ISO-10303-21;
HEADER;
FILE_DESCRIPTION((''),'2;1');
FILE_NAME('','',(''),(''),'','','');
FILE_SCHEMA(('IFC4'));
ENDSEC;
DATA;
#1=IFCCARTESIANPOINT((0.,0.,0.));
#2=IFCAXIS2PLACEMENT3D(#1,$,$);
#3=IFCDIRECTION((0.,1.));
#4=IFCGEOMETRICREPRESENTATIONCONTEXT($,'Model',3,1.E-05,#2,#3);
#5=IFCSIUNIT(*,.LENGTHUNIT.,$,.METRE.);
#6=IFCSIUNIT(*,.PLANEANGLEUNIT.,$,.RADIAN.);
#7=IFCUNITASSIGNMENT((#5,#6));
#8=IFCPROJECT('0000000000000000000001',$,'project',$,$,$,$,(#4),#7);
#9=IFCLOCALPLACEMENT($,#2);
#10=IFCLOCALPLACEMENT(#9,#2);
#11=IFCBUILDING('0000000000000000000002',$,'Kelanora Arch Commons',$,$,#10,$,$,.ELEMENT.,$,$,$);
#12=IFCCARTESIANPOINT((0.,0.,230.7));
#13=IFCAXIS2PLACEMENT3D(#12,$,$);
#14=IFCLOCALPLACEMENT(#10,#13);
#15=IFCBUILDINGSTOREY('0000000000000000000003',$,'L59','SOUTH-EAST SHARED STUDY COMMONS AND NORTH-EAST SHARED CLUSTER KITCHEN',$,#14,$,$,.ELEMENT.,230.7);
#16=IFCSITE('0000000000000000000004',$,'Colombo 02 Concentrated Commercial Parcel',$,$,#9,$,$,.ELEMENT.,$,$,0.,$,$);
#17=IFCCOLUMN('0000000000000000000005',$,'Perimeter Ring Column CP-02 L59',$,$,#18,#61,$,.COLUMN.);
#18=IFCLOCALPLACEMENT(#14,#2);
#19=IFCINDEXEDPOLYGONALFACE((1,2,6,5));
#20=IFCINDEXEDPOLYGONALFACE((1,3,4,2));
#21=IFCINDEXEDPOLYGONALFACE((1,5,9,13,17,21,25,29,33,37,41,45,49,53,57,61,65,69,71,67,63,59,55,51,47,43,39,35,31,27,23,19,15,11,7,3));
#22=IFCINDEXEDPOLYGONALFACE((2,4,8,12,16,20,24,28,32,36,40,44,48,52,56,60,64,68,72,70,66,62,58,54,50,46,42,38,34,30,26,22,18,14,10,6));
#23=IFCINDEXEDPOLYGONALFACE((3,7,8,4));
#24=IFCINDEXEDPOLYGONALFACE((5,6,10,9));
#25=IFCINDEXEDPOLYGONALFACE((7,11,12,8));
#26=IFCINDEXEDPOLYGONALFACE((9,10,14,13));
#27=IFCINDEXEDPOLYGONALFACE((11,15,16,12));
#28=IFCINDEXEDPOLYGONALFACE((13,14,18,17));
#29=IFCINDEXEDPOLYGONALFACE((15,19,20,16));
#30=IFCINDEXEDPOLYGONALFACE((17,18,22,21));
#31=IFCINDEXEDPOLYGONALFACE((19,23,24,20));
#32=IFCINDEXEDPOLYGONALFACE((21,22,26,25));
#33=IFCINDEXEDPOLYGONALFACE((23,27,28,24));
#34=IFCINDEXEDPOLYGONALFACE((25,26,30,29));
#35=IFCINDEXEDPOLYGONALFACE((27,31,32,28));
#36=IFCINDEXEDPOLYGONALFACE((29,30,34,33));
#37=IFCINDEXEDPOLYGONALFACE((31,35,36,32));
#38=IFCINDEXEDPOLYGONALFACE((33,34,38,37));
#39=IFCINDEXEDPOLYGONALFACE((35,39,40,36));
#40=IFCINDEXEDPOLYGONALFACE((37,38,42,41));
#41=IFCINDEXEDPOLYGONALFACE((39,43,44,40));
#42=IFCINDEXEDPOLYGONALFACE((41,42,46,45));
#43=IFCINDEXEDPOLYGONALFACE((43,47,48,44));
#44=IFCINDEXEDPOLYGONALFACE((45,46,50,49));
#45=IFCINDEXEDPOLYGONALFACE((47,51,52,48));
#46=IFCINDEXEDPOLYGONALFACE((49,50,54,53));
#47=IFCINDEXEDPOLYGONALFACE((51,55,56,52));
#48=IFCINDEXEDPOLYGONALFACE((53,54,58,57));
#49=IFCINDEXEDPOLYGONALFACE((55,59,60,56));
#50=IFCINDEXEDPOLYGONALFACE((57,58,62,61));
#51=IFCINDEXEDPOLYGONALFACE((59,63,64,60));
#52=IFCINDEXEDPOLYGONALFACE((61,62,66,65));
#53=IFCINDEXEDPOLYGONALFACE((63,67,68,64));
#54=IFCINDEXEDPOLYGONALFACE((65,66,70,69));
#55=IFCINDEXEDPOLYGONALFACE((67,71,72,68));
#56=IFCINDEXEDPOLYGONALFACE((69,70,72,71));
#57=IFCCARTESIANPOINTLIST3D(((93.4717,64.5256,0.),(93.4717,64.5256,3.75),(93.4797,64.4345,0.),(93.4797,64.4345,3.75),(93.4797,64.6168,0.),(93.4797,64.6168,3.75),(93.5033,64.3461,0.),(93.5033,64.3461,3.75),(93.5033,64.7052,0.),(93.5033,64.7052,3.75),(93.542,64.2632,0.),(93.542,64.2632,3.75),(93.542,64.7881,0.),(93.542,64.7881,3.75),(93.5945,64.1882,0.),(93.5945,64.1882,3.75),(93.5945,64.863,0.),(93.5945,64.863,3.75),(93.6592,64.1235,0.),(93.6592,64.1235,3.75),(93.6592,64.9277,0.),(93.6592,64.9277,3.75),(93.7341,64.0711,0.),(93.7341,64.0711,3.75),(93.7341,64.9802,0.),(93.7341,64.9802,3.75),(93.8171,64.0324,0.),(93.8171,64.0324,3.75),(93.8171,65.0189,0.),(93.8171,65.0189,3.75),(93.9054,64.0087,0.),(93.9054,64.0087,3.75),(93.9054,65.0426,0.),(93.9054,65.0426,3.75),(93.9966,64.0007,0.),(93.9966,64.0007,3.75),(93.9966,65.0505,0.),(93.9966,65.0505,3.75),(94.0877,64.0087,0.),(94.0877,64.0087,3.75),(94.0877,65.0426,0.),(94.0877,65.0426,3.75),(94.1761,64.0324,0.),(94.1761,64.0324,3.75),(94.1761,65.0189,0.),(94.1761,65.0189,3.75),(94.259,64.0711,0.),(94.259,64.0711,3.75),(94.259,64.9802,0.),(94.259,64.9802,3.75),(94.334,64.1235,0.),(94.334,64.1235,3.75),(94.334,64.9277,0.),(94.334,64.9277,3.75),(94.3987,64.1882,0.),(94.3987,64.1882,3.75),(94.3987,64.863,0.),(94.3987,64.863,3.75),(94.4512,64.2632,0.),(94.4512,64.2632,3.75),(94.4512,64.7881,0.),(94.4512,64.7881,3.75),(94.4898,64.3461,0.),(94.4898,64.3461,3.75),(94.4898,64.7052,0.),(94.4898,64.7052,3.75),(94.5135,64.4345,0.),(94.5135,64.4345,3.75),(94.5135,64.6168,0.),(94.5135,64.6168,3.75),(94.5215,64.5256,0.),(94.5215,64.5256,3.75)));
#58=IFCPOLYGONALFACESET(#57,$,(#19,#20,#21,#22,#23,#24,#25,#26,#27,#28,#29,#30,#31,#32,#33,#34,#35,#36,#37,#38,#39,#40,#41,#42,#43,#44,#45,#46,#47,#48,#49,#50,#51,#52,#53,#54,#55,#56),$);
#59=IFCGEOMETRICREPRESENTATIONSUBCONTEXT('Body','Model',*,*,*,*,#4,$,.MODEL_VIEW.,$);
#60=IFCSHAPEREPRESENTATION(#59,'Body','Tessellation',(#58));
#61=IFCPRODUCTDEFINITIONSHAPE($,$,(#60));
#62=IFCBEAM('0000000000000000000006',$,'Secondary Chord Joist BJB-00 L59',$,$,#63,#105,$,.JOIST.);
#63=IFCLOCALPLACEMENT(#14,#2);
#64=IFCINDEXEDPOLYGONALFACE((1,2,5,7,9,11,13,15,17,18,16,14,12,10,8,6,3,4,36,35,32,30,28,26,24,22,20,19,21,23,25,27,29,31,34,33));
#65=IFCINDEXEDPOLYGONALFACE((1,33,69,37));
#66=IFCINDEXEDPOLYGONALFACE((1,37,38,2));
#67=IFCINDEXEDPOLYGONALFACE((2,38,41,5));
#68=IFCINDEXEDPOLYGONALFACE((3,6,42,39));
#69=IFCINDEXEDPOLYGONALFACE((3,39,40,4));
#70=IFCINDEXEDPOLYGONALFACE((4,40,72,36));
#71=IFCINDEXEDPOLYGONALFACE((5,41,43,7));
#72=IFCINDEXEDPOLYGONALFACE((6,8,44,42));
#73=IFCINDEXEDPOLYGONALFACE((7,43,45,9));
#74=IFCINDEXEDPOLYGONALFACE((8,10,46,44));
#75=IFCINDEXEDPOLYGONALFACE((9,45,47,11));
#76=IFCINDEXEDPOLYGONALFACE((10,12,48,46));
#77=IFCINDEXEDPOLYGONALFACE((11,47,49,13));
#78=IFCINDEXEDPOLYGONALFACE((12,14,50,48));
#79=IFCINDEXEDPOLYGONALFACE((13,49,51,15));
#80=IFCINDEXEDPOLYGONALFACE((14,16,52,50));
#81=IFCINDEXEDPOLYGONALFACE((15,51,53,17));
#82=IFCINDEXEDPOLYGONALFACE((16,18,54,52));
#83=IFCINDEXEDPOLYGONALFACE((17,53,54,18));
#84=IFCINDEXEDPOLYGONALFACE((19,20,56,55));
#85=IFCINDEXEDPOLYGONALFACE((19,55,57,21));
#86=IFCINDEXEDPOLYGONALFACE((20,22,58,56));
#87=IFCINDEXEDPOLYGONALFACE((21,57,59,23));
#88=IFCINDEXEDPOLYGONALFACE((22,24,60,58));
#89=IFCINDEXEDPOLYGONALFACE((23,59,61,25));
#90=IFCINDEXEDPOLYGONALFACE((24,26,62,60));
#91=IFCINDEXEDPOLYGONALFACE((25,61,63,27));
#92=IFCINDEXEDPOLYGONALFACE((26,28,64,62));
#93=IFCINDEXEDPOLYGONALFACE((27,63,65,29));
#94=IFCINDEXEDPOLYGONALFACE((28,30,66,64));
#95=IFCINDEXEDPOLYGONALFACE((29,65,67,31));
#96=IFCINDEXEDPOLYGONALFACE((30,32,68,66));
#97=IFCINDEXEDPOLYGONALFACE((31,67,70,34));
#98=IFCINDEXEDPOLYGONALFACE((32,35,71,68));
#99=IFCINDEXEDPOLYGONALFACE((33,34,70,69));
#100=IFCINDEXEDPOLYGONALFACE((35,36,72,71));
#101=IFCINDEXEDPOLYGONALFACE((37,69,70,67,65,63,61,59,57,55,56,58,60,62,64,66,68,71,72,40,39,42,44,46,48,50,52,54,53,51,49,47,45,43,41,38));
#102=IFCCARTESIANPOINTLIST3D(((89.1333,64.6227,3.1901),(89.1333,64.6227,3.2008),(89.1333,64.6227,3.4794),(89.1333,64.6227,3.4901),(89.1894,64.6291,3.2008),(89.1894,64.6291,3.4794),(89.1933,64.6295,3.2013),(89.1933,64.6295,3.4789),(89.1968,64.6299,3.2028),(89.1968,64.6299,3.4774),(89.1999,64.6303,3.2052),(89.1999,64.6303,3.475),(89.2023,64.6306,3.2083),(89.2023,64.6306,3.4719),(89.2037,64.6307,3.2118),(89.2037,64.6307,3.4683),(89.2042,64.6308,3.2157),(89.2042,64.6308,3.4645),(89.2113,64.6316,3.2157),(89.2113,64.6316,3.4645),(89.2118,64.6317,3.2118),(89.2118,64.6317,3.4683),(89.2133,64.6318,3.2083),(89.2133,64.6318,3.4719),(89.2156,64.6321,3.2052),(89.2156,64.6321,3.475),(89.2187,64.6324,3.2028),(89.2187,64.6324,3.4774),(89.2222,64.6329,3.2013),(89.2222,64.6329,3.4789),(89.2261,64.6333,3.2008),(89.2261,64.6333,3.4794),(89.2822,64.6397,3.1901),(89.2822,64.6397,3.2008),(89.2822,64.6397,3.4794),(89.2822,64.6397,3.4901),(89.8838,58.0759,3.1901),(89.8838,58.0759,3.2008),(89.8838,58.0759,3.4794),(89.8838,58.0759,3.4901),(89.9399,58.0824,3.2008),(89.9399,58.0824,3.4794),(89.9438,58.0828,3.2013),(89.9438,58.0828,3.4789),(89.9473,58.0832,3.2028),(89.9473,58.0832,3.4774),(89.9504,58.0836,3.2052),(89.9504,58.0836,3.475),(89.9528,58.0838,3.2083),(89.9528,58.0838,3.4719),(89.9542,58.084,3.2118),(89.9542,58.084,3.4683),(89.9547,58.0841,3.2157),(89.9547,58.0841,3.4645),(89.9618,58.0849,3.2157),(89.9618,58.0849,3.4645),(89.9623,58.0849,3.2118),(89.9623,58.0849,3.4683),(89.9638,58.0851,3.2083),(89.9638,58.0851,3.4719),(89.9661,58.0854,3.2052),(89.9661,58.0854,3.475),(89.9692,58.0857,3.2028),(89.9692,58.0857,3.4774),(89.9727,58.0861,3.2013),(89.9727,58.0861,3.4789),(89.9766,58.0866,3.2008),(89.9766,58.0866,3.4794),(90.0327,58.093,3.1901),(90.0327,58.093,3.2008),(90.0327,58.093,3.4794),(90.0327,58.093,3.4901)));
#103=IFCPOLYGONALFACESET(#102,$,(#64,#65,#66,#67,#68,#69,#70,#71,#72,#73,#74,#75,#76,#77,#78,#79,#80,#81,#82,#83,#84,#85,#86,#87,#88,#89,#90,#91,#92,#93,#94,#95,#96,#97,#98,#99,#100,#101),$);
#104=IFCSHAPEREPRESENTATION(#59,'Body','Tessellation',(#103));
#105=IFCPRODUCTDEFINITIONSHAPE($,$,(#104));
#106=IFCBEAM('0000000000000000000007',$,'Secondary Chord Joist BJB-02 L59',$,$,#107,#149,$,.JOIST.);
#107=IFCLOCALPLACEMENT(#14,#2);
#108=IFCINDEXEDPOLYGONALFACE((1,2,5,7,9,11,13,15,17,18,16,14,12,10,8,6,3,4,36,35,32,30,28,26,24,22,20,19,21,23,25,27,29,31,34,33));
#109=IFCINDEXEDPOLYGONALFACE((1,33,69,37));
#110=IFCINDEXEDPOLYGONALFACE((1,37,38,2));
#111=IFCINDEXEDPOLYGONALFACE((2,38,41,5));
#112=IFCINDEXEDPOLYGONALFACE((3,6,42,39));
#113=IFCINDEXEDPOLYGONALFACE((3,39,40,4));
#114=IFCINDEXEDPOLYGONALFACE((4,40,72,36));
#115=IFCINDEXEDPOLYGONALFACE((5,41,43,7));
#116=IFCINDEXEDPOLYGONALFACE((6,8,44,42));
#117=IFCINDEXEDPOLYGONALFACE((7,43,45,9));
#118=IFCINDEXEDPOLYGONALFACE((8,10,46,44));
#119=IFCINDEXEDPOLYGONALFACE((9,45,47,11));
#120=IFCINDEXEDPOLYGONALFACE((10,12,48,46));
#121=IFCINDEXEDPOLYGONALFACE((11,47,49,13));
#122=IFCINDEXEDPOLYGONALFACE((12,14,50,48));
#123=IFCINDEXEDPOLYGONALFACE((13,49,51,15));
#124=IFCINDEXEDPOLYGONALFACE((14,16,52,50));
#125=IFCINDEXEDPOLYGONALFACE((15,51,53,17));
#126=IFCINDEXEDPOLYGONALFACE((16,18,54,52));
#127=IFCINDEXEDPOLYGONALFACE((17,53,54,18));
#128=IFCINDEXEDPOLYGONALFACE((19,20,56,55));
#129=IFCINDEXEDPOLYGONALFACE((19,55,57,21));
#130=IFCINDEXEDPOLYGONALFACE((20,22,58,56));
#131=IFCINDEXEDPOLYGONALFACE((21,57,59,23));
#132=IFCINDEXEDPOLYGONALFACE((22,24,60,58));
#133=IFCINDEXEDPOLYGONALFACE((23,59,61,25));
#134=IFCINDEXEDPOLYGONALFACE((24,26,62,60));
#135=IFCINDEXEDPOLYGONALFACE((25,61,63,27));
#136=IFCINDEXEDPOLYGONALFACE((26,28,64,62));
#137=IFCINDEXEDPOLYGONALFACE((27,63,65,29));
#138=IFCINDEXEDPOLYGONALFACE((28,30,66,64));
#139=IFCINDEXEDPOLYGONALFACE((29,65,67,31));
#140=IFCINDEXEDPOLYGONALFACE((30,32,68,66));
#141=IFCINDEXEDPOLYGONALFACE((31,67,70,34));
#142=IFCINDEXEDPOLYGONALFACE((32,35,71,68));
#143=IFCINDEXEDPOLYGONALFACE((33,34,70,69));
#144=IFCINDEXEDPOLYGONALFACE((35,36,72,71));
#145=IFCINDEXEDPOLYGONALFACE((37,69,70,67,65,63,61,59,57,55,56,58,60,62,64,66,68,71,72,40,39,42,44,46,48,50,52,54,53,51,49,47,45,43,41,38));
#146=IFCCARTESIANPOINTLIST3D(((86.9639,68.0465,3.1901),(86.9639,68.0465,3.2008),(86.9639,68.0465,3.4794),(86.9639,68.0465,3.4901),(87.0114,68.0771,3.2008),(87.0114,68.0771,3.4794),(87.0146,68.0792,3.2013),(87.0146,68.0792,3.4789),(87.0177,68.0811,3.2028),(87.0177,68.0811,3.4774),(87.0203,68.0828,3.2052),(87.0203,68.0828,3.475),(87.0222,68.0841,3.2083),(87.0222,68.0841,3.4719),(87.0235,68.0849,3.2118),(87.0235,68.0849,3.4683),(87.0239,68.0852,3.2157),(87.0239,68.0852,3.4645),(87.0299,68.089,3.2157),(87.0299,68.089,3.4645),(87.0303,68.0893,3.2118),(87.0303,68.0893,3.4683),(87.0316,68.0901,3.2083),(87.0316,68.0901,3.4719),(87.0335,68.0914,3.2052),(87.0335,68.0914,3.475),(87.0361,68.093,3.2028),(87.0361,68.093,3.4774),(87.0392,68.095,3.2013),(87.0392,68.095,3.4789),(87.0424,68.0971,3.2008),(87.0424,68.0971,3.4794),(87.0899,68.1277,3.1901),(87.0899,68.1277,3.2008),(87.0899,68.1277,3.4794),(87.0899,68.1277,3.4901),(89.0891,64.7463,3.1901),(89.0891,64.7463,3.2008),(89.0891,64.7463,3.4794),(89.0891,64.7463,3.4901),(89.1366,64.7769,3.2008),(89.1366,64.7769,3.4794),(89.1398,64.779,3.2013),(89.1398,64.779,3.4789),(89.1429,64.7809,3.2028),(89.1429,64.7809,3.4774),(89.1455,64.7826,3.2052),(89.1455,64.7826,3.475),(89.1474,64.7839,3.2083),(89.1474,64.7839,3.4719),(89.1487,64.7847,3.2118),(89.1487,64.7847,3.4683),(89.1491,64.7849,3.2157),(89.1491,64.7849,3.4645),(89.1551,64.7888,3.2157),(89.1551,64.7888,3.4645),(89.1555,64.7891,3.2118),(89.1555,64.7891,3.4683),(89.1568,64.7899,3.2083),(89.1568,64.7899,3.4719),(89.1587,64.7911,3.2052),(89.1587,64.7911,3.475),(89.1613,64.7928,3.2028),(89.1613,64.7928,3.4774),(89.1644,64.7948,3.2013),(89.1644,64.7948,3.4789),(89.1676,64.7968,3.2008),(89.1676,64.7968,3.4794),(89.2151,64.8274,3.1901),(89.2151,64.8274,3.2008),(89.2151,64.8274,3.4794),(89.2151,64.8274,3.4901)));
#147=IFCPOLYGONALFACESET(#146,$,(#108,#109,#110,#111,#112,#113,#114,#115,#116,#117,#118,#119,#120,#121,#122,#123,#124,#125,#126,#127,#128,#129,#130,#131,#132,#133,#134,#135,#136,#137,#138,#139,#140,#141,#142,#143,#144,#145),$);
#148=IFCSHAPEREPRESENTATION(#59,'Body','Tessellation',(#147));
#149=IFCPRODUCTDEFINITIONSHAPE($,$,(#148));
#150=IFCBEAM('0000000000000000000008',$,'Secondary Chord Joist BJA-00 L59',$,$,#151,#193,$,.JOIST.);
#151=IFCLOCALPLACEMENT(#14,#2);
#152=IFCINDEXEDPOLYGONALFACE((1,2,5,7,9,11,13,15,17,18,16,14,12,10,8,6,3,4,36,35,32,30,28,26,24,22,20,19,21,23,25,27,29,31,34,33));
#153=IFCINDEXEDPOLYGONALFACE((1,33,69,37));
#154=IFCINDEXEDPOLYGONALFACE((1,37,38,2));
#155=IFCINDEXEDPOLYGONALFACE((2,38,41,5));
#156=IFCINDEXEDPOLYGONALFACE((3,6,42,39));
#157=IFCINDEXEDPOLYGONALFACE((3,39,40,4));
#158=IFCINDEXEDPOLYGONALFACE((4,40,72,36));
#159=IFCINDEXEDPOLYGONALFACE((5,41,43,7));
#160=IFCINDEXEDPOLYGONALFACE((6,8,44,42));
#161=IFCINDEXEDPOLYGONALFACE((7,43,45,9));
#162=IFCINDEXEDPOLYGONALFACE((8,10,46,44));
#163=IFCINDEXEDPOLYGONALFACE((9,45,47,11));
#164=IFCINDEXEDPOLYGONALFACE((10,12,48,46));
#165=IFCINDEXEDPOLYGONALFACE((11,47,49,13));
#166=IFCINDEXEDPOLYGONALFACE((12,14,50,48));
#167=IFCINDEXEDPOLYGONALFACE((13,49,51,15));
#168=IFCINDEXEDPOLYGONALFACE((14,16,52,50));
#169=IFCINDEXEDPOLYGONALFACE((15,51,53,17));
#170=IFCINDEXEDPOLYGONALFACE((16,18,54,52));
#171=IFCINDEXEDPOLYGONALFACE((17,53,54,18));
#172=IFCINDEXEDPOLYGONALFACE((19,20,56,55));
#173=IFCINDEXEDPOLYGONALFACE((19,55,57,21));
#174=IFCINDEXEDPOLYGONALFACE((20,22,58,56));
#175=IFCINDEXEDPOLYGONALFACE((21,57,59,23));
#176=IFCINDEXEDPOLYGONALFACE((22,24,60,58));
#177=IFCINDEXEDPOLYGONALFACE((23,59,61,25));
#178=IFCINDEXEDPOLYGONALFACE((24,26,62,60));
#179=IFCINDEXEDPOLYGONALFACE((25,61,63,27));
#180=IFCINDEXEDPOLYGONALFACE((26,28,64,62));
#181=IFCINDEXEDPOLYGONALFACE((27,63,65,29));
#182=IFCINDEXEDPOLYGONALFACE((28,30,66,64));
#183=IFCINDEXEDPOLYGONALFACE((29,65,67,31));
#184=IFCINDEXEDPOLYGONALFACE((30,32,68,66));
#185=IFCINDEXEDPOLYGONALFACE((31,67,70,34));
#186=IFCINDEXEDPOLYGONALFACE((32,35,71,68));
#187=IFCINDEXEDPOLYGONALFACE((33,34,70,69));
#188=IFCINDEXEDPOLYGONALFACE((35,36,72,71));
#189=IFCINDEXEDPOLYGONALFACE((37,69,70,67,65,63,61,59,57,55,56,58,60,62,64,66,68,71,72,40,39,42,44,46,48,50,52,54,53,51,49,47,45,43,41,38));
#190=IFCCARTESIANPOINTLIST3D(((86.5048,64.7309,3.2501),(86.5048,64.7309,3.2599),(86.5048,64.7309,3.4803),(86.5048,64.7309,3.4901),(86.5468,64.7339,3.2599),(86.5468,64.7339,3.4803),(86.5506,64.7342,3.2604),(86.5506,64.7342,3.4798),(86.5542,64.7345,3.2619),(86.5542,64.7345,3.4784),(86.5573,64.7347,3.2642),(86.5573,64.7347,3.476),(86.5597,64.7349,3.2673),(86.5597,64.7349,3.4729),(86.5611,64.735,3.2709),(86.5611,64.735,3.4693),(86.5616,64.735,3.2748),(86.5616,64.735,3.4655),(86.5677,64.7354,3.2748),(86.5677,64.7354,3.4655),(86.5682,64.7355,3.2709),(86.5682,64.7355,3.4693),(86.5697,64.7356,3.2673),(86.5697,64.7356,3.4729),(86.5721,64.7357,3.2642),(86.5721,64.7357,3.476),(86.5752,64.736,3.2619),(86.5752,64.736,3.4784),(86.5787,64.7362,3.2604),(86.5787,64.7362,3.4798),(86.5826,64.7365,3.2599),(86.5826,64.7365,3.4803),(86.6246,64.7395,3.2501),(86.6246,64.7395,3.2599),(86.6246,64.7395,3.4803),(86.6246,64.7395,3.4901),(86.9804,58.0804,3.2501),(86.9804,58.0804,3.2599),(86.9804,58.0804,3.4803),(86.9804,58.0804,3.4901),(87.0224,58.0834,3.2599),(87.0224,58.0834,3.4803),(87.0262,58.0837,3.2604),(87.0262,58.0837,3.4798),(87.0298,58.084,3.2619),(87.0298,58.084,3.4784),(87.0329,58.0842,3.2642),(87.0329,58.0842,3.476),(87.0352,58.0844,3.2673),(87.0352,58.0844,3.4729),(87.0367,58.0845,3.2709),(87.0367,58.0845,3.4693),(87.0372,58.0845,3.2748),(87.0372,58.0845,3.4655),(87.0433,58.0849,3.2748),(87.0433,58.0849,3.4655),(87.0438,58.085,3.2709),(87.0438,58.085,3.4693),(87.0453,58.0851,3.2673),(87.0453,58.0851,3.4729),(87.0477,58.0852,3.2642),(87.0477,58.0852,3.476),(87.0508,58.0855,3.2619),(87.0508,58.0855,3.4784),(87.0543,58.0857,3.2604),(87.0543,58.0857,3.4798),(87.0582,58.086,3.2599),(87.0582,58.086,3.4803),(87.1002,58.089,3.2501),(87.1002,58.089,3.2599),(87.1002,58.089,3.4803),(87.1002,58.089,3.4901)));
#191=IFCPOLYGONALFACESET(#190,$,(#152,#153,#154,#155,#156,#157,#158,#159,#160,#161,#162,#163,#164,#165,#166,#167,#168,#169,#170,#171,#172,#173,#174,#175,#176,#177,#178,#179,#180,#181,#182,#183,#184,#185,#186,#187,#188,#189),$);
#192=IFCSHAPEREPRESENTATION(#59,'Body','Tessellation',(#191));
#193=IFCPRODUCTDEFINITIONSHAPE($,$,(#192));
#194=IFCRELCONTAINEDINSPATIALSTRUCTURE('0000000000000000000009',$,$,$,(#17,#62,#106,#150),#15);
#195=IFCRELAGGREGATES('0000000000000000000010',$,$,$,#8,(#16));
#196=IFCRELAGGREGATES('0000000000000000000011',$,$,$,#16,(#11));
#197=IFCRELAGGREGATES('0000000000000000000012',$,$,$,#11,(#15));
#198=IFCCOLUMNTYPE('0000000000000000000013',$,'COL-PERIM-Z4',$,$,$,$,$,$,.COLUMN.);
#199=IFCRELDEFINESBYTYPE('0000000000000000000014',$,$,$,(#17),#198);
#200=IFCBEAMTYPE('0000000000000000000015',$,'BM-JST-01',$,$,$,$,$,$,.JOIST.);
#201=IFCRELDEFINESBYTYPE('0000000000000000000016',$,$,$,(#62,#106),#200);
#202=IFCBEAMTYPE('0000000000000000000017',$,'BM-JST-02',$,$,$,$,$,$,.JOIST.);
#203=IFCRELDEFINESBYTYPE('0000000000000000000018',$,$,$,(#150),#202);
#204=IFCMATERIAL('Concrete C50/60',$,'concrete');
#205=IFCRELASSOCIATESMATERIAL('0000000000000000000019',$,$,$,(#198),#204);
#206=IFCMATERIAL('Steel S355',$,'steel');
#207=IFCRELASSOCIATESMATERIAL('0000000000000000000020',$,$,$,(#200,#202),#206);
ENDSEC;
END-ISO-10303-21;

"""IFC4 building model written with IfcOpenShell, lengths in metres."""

from ifc_helpers import new_model, si_unit, direction, frame, origin, origin_2d, place, context, subcontext, project, spatial, circle, i_section, extrude, material, material_profile, profile_set, type_object, element, save


model = new_model("IFC4")

# Units and contexts
model_context = context("Model", 3, precision=1e-05, world=origin(), true_north=direction((0.0, 1.0)))
body_context = subcontext(model_context, "Body", "Model", "MODEL_VIEW")
ifc_project = project(units=[si_unit("LENGTHUNIT", "METRE"), si_unit("PLANEANGLEUNIT", "RADIAN")], contexts=[model_context])

# Site, building, storey
site_placement = place(None, origin())
site = spatial("IfcSite", under=ifc_project, at=site_placement, Name="Colombo 02 Concentrated Commercial Parcel", CompositionType="ELEMENT", RefElevation=0.0)
building_placement = place(site_placement, origin())
building = spatial("IfcBuilding", under=site, at=building_placement, Name="Kelanora Arch Commons", CompositionType="ELEMENT")
storey_placement = place(building_placement, frame((0.0, 0.0, 230.7)))
storey = spatial("IfcBuildingStorey", under=building, at=storey_placement, Name="L59", Description="SOUTH-EAST SHARED STUDY COMMONS AND NORTH-EAST SHARED CLUSTER KITCHEN", CompositionType="ELEMENT", Elevation=230.7)

# Column
ifc_material_1 = material(Name="Concrete C50/60", Category="concrete")
ifc_material_profile_1 = material_profile(ifc_material_1, circle(Radius=0.5249, at=origin_2d()), Name="RCC1050")
ifc_profile_set_1 = profile_set([ifc_material_profile_1], Name="Concrete C50/60")
column_type = type_object("IfcColumnType", Name="COL-PERIM-Z4", PredefinedType="COLUMN", material=ifc_profile_set_1)
column_placement = place(storey_placement, frame((93.9966, 64.5256, 0.0), z_axis=(0.0, 0.0, 1.0), x_axis=(1.0, 0.0, 0.0)))
element("IfcColumn", 1, at=column_placement, inside=storey, type_object=column_type, Name="Perimeter Ring Column CP-02 L59", PredefinedType="COLUMN", context=body_context, shape_type="SweptSolid", body=[
    extrude(circle(Radius=0.5249, at=origin_2d()), origin(), (0.0, 0.0, 1.0), 3.75),
])

# Beams
ifc_material_2 = material(Name="Steel S355", Category="steel")
ifc_material_profile_2 = material_profile(ifc_material_2, i_section(OverallWidth=0.1499, OverallDepth=0.3, WebThickness=0.0071, FlangeThickness=0.0107, FilletRadius=0.0149, at=origin_2d()), Name="IPE300")
ifc_profile_set_2 = profile_set([ifc_material_profile_2], Name="Steel S355")
beam_type_1 = type_object("IfcBeamType", Name="BM-JST-01", PredefinedType="JOIST", material=ifc_profile_set_2)
beam_1_placement = place(storey_placement, frame((89.9583, 58.0845, 3.3401), z_axis=(-0.113891, 0.993493, 0.0), x_axis=(-0.993493, -0.113891, 0.0)))
element("IfcBeam", 2, at=beam_1_placement, inside=storey, type_object=beam_type_1, Name="Secondary Chord Joist BJB-00 L59", PredefinedType="JOIST", context=body_context, shape_type="SweptSolid", body=[
    extrude(i_section(OverallWidth=0.1499, OverallDepth=0.3, WebThickness=0.0071, FlangeThickness=0.0107, FilletRadius=0.0149, at=origin_2d()), origin(), (0.0, 0.0, 1.0), 6.5896),
])
beam_2_placement = place(storey_placement, frame((89.1521, 64.7869, 3.3401), z_axis=(-0.541411, 0.840758, 0.0), x_axis=(-0.840758, -0.541411, 0.0)))
element("IfcBeam", 3, at=beam_2_placement, inside=storey, type_object=beam_type_1, Name="Secondary Chord Joist BJB-02 L59", PredefinedType="JOIST", context=body_context, shape_type="SweptSolid", body=[
    extrude(i_section(OverallWidth=0.1499, OverallDepth=0.3, WebThickness=0.0071, FlangeThickness=0.0107, FilletRadius=0.0149, at=origin_2d()), origin(), (0.0, 0.0, 1.0), 3.9253),
])
ifc_material_profile_3 = material_profile(ifc_material_2, i_section(OverallWidth=0.1201, OverallDepth=0.24, WebThickness=0.0061, FlangeThickness=0.0098, FilletRadius=0.0149, at=origin_2d()), Name="IPE240")
ifc_profile_set_3 = profile_set([ifc_material_profile_3], Name="Steel S355")
beam_type_2 = type_object("IfcBeamType", Name="BM-JST-02", PredefinedType="JOIST", material=ifc_profile_set_3)
beam_3_placement = place(storey_placement, frame((87.0403, 58.0847, 3.3701), z_axis=(-0.07133, 0.997453, 0.0), x_axis=(-0.997453, -0.07133, 0.0)))
element("IfcBeam", 4, at=beam_3_placement, inside=storey, type_object=beam_type_2, Name="Secondary Chord Joist BJA-00 L59", PredefinedType="JOIST", context=body_context, shape_type="SweptSolid", body=[
    extrude(i_section(OverallWidth=0.1201, OverallDepth=0.24, WebThickness=0.0061, FlangeThickness=0.0098, FilletRadius=0.0149, at=origin_2d()), origin(), (0.0, 0.0, 1.0), 6.6675),
])

save(model, "model.ifc")
